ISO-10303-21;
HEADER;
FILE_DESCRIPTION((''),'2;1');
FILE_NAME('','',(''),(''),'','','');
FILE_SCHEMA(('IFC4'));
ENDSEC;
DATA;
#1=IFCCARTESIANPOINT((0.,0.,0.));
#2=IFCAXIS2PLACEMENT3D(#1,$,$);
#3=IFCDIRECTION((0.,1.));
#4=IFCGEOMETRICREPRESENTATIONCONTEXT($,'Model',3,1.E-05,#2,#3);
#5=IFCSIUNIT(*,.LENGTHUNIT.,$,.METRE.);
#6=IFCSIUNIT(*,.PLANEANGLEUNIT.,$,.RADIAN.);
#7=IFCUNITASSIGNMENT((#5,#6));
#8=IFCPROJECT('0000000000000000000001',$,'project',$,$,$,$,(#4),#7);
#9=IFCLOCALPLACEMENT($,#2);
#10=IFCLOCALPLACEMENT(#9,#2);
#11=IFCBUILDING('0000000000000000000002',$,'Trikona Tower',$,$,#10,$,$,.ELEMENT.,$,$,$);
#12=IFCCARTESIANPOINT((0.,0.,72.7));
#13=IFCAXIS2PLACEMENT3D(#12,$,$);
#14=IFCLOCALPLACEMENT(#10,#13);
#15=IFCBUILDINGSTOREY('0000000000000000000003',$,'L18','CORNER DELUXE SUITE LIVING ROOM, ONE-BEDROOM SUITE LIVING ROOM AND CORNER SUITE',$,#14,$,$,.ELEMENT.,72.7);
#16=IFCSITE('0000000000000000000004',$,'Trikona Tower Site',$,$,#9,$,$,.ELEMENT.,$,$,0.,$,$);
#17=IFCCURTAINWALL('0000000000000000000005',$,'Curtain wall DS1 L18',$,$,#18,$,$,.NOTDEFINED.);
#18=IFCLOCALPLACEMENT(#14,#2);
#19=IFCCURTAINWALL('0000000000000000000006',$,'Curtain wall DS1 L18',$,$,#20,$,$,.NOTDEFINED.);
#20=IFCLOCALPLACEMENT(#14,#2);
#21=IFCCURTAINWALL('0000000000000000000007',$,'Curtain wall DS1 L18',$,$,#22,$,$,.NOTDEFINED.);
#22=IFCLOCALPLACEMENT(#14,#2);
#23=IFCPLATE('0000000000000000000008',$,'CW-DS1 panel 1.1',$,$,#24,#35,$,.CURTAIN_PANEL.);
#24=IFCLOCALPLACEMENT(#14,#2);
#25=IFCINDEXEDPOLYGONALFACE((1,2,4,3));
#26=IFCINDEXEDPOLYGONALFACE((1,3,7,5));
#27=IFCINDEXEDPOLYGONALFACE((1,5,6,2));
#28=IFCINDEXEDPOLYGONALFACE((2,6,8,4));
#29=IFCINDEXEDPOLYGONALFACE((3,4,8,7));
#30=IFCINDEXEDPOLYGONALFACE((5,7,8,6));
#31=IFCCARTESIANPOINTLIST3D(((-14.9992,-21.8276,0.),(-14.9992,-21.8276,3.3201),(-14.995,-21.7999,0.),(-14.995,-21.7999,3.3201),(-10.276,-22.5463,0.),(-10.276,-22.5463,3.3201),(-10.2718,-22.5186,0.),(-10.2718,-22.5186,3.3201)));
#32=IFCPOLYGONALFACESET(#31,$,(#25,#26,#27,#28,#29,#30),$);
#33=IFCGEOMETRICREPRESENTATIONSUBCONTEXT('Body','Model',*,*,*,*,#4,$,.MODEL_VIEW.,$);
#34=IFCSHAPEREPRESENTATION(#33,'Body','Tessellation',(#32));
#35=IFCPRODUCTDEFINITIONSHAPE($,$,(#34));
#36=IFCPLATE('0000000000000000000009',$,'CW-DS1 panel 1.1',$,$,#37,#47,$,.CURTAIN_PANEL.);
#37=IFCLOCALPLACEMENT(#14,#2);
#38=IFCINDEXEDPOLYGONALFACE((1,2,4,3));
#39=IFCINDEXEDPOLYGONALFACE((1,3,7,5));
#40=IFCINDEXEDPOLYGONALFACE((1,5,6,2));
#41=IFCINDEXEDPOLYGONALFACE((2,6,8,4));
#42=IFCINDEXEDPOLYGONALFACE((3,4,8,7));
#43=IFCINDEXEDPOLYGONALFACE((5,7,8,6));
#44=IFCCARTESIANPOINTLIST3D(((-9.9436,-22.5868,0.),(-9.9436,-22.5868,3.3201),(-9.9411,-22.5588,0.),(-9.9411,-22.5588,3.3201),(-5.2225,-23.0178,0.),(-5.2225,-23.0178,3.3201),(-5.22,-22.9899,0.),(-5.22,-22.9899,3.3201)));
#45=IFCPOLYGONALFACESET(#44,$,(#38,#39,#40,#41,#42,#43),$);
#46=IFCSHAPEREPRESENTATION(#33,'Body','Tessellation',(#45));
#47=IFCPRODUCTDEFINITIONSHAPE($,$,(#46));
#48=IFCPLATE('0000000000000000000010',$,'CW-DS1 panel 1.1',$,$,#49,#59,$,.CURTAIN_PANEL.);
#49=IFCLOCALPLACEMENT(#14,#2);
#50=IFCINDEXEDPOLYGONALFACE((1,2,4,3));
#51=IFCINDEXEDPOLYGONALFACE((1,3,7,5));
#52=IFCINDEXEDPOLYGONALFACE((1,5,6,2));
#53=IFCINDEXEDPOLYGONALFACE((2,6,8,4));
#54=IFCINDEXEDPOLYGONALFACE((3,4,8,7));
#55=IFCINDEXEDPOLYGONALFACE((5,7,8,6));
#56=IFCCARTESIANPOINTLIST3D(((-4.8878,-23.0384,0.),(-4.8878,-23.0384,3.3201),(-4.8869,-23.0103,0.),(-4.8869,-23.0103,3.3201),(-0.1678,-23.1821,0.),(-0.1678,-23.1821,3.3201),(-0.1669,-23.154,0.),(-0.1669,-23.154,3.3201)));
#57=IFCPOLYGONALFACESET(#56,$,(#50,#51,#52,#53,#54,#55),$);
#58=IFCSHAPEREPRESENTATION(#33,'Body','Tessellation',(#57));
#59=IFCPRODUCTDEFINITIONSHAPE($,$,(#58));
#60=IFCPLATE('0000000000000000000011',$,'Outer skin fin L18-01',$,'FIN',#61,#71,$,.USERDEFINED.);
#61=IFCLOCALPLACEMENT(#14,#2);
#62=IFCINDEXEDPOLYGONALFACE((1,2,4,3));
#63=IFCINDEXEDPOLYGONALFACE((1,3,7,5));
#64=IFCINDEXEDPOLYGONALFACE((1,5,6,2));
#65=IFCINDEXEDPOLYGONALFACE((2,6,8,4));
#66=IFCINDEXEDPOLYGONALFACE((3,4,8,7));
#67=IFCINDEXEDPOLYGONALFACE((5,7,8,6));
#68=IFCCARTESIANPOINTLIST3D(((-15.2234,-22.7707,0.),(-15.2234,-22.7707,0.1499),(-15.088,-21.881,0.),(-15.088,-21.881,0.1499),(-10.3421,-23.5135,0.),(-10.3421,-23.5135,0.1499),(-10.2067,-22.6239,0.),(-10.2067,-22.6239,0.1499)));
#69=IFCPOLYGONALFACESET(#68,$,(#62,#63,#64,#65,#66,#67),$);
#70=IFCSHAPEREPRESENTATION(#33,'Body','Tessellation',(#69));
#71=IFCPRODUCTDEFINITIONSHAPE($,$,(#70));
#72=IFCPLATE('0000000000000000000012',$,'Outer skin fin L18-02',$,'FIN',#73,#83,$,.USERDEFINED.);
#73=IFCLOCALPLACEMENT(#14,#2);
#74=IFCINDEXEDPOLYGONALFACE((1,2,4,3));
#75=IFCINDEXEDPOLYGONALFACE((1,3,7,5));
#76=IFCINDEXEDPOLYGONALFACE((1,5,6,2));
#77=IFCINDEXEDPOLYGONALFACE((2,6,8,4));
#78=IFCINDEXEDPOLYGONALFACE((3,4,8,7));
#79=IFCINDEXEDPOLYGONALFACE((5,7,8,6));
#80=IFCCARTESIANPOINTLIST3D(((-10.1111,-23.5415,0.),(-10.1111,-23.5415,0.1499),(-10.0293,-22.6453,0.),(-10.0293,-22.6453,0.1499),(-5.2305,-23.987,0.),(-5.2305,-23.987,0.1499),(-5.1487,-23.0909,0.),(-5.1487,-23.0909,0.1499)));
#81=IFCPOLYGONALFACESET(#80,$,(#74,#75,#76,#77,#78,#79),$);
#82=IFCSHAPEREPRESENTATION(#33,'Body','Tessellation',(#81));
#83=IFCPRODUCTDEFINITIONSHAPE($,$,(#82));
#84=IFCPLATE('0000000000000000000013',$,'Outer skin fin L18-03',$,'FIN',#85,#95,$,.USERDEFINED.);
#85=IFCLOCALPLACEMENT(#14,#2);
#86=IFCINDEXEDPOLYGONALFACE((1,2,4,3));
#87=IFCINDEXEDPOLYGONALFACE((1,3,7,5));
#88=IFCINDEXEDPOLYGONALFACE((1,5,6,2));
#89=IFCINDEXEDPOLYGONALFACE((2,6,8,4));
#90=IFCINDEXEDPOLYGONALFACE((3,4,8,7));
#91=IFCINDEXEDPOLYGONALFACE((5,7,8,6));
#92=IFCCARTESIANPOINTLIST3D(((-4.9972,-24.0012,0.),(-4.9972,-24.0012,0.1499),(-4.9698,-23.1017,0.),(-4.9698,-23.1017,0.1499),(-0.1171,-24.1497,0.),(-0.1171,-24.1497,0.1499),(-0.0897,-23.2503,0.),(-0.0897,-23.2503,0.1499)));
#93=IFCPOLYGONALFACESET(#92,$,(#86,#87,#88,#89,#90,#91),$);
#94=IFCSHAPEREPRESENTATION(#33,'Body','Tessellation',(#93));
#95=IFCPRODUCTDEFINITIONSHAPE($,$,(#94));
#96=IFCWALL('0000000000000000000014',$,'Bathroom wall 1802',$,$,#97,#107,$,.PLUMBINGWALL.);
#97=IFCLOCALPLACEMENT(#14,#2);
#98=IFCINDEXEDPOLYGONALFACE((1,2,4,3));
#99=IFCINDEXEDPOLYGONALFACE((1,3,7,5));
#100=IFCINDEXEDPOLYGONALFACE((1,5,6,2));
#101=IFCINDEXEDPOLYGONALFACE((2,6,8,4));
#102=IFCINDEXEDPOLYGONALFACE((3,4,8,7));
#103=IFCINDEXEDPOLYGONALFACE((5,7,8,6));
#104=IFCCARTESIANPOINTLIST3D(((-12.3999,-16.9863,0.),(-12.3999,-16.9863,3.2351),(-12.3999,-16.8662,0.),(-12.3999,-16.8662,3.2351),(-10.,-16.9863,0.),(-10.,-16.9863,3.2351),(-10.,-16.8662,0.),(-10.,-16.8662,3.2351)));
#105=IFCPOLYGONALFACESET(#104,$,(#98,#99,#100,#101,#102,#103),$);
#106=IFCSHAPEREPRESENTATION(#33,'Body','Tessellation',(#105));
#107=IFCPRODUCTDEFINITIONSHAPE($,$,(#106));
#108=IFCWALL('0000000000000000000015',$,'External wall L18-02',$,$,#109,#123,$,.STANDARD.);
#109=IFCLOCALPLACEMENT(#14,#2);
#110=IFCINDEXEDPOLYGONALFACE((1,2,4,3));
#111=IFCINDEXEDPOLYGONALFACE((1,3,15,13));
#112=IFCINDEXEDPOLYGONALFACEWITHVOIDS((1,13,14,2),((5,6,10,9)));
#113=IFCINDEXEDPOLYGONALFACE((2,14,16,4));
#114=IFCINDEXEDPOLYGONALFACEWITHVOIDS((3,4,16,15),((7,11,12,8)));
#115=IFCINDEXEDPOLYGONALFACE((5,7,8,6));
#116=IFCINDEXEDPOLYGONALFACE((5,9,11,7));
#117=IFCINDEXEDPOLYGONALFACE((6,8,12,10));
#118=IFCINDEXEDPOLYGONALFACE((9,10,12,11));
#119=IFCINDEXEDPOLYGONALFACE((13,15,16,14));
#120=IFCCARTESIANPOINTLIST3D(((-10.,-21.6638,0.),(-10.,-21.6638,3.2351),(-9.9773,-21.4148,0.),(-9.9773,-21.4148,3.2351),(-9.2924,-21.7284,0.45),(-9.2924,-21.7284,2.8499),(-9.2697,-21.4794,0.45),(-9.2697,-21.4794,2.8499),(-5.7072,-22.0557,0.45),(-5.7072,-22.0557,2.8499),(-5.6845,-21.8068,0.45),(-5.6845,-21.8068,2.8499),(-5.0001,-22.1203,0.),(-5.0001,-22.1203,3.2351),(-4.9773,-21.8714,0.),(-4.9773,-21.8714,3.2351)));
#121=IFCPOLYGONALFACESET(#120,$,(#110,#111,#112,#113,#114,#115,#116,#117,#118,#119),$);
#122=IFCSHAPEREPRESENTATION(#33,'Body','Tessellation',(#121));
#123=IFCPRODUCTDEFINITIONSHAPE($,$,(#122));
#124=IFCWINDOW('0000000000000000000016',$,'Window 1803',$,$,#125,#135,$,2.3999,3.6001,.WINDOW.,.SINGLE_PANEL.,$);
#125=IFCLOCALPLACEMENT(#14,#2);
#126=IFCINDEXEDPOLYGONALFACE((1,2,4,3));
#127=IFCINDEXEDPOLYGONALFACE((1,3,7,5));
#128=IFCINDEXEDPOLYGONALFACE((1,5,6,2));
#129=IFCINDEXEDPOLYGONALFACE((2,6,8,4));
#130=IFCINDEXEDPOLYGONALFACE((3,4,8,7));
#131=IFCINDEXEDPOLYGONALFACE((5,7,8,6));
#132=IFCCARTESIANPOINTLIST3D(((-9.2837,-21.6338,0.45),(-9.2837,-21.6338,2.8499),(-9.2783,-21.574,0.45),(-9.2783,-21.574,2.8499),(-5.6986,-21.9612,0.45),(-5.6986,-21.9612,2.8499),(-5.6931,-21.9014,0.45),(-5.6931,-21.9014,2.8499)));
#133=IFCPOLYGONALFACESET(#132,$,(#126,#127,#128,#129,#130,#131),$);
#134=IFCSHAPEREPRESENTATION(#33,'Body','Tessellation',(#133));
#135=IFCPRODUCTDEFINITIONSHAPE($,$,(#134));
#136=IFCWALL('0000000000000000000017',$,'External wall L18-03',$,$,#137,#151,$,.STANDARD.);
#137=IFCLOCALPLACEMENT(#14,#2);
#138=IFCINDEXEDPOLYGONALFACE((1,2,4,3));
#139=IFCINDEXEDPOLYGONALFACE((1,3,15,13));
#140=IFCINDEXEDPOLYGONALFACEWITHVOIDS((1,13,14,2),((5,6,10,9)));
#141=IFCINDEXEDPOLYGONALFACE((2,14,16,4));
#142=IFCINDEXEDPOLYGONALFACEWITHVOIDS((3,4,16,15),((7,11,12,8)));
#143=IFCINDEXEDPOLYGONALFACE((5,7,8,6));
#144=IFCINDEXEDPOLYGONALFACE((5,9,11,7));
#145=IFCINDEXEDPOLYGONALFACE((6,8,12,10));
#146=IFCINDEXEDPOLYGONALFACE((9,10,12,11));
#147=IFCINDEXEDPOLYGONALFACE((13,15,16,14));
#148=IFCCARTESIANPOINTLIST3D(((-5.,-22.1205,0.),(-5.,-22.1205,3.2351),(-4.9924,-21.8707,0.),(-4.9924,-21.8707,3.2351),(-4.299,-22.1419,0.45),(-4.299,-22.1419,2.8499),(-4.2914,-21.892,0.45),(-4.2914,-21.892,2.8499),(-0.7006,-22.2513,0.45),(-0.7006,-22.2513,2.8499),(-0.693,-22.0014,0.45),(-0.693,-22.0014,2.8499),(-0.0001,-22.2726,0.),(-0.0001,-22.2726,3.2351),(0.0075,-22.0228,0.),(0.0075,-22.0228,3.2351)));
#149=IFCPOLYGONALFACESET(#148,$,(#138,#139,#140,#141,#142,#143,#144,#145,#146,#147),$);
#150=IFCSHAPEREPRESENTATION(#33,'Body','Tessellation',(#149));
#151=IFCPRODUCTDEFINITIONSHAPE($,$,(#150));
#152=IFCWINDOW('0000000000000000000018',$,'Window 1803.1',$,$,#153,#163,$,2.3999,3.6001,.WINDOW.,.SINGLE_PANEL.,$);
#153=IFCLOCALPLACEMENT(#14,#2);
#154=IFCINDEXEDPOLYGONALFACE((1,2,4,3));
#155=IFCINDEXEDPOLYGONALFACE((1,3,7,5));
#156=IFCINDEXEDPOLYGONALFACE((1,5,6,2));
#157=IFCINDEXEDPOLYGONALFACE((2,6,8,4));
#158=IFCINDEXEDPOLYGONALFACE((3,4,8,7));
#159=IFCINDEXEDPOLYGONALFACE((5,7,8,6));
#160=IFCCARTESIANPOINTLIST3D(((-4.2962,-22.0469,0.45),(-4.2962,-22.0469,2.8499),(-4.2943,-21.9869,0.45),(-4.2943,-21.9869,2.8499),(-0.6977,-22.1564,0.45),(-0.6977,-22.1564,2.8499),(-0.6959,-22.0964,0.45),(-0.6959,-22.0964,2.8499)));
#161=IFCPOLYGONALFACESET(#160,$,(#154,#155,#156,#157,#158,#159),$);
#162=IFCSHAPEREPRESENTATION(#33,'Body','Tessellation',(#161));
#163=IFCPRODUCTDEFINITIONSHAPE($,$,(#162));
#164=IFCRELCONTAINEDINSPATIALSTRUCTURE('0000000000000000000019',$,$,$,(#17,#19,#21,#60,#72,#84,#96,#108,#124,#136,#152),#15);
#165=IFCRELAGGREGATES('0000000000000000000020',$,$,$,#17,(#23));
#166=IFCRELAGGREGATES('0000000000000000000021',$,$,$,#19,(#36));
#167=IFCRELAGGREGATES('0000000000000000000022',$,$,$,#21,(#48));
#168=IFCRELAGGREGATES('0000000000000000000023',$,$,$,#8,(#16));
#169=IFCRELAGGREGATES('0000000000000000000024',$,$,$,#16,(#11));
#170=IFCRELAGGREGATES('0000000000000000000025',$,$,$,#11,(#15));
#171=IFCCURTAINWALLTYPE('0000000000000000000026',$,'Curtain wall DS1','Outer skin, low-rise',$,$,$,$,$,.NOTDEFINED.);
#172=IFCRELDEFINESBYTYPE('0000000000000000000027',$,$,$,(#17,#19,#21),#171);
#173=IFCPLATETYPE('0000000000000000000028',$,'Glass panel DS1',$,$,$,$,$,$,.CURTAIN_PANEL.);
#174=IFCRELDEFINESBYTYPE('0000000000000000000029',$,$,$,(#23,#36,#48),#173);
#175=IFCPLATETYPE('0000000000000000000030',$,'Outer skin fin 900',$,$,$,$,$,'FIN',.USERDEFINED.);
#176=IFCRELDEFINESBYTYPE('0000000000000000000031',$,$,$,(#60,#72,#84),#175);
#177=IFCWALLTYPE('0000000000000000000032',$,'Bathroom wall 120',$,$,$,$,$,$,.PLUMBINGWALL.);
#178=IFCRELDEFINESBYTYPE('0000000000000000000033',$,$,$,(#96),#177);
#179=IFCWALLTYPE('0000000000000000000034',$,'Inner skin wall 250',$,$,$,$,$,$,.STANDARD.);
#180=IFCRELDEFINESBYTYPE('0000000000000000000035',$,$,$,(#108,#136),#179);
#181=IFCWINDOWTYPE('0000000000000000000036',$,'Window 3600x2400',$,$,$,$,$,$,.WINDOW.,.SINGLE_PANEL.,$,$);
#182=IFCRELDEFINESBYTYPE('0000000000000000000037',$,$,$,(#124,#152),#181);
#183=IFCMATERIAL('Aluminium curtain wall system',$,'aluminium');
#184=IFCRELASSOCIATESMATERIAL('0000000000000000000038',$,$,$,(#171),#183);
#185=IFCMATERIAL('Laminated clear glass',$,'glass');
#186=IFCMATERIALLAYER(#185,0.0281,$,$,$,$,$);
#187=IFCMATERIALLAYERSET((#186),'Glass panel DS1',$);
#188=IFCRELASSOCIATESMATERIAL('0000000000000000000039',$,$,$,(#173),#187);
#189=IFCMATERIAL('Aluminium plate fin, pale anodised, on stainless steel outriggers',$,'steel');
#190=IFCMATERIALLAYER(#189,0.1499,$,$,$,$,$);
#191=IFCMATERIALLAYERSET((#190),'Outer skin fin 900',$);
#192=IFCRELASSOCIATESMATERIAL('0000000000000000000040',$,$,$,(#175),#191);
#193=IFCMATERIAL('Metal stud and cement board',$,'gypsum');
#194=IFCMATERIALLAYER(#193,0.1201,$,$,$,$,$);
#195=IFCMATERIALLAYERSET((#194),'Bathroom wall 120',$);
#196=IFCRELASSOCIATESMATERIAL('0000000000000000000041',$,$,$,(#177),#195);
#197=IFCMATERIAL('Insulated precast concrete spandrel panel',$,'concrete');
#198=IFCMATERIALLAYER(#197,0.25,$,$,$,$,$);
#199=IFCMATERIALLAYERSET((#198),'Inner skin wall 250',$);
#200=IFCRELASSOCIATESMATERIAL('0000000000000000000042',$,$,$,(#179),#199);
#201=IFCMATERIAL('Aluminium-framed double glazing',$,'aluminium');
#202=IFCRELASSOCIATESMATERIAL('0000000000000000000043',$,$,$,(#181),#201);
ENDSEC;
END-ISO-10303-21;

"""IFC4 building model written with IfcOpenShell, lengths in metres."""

from ifc_helpers import new_model, si_unit, direction, frame, frame_2d, origin, origin_2d, place, context, subcontext, project, spatial, rectangle, extrude, material, layer, layer_set, type_object, element, fill, aggregate, save


model = new_model("IFC4")

# Units and contexts
model_context = context("Model", 3, precision=1e-05, world=origin(), true_north=direction((0.0, 1.0)))
body_context = subcontext(model_context, "Body", "Model", "MODEL_VIEW")
ifc_project = project(units=[si_unit("LENGTHUNIT", "METRE"), si_unit("PLANEANGLEUNIT", "RADIAN")], contexts=[model_context])

# Site, building, storey
site_placement = place(None, origin())
site = spatial("IfcSite", under=ifc_project, at=site_placement, Name="Trikona Tower Site", CompositionType="ELEMENT", RefElevation=0.0)
building_placement = place(site_placement, origin())
building = spatial("IfcBuilding", under=site, at=building_placement, Name="Trikona Tower", CompositionType="ELEMENT")
storey_placement = place(building_placement, frame((0.0, 0.0, 72.7)))
storey = spatial("IfcBuildingStorey", under=building, at=storey_placement, Name="L18", Description="CORNER DELUXE SUITE LIVING ROOM, ONE-BEDROOM SUITE LIVING ROOM AND CORNER SUITE", CompositionType="ELEMENT", Elevation=72.7)

# Curtain wall
ifc_material_1 = material(Name="Aluminium curtain wall system", Category="aluminium")
curtain_wall_type = type_object("IfcCurtainWallType", Name="Curtain wall DS1", Description="Outer skin, low-rise", PredefinedType="NOTDEFINED", material=ifc_material_1)
curtain_wall_1_placement = place(storey_placement, origin())
curtain_wall_1 = element("IfcCurtainWall", 1, at=curtain_wall_1_placement, inside=storey, type_object=curtain_wall_type, Name="Curtain wall DS1 L18", PredefinedType="NOTDEFINED")

# Curtain walls
curtain_wall_2_placement = place(storey_placement, origin())
curtain_wall_2 = element("IfcCurtainWall", 2, at=curtain_wall_2_placement, inside=storey, type_object=curtain_wall_type, Name="Curtain wall DS1 L18", PredefinedType="NOTDEFINED")
curtain_wall_3_placement = place(storey_placement, origin())
curtain_wall_3 = element("IfcCurtainWall", 3, at=curtain_wall_3_placement, inside=storey, type_object=curtain_wall_type, Name="Curtain wall DS1 L18", PredefinedType="NOTDEFINED")

# Plates
ifc_material_2 = material(Name="Laminated clear glass", Category="glass")
ifc_layer_1 = layer(ifc_material_2, 0.0281)
ifc_layer_set_1 = layer_set([ifc_layer_1], Name="Glass panel DS1")
plate_type_1 = type_object("IfcPlateType", Name="Glass panel DS1", PredefinedType="CURTAIN_PANEL", material=ifc_layer_set_1)
plate_1_placement = place(storey_placement, frame((-12.6355, -22.1731, 0.0), z_axis=(0.0, 0.0, 1.0), x_axis=(0.988619, -0.150438, 0.0)))
plate_1 = element("IfcPlate", 4, at=plate_1_placement, type_object=plate_type_1, Name="CW-DS1 panel 1.1", PredefinedType="CURTAIN_PANEL", context=body_context, shape_type="SweptSolid", body=[
    extrude(rectangle(XDim=4.7776, YDim=0.0281, at=origin_2d()), origin(), (0.0, 0.0, 1.0), 3.3201),
])
aggregate(curtain_wall_1, [plate_1])
plate_2_placement = place(storey_placement, frame((-7.5818, -22.7883, 0.0), z_axis=(0.0, 0.0, 1.0), x_axis=(0.995858, -0.090924, 0.0)))
plate_2 = element("IfcPlate", 5, at=plate_2_placement, type_object=plate_type_1, Name="CW-DS1 panel 1.1", PredefinedType="CURTAIN_PANEL", context=body_context, shape_type="SweptSolid", body=[
    extrude(rectangle(XDim=4.7407, YDim=0.0281, at=origin_2d()), origin(), (0.0, 0.0, 1.0), 3.3201),
])
aggregate(curtain_wall_2, [plate_2])
plate_3_placement = place(storey_placement, frame((-2.5273, -23.0962, 0.0), z_axis=(0.0, 0.0, 1.0), x_axis=(0.999537, -0.030437, 0.0)))
plate_3 = element("IfcPlate", 6, at=plate_3_placement, type_object=plate_type_1, Name="CW-DS1 panel 1.1", PredefinedType="CURTAIN_PANEL", context=body_context, shape_type="SweptSolid", body=[
    extrude(rectangle(XDim=4.7222, YDim=0.0281, at=origin_2d()), origin(), (0.0, 0.0, 1.0), 3.3201),
])
aggregate(curtain_wall_3, [plate_3])

# Plates
ifc_material_3 = material(Name="Aluminium plate fin, pale anodised, on stainless steel outriggers", Category="steel")
ifc_layer_2 = layer(ifc_material_3, 0.1499)
ifc_layer_set_2 = layer_set([ifc_layer_2], Name="Outer skin fin 900")
plate_type_2 = type_object("IfcPlateType", Name="Outer skin fin 900", ElementType="FIN", PredefinedType="USERDEFINED", material=ifc_layer_set_2)
plate_4_placement = place(storey_placement, frame((-12.7151, -22.6973, 0.0), z_axis=(0.0, 0.0, 1.0), x_axis=(0.988618, -0.150448, 0.0)))
element("IfcPlate", 7, at=plate_4_placement, inside=storey, type_object=plate_type_2, Name="Outer skin fin L18-01", ObjectType="FIN", PredefinedType="USERDEFINED", context=body_context, shape_type="SweptSolid", body=[
    extrude(rectangle(XDim=4.9375, YDim=0.8999, at=origin_2d()), origin(), (0.0, 0.0, 1.0), 0.1499),
])
plate_5_placement = place(storey_placement, frame((-7.6299, -23.3162, 0.0), z_axis=(0.0, 0.0, 1.0), x_axis=(0.995858, -0.090921, 0.0)))
element("IfcPlate", 8, at=plate_5_placement, inside=storey, type_object=plate_type_2, Name="Outer skin fin L18-02", ObjectType="FIN", PredefinedType="USERDEFINED", context=body_context, shape_type="SweptSolid", body=[
    extrude(rectangle(XDim=4.9009, YDim=0.8999, at=origin_2d()), origin(), (0.0, 0.0, 1.0), 0.1499),
])
plate_6_placement = place(storey_placement, frame((-2.5435, -23.6257, 0.0), z_axis=(0.0, 0.0, 1.0), x_axis=(0.999537, -0.030425, 0.0)))
element("IfcPlate", 9, at=plate_6_placement, inside=storey, type_object=plate_type_2, Name="Outer skin fin L18-03", ObjectType="FIN", PredefinedType="USERDEFINED", context=body_context, shape_type="SweptSolid", body=[
    extrude(rectangle(XDim=4.8823, YDim=0.8999, at=origin_2d()), origin(), (0.0, 0.0, 1.0), 0.1499),
])

# Wall
ifc_material_4 = material(Name="Metal stud and cement board", Category="gypsum")
ifc_layer_3 = layer(ifc_material_4, 0.1201)
ifc_layer_set_3 = layer_set([ifc_layer_3], Name="Bathroom wall 120")
wall_type_1 = type_object("IfcWallType", Name="Bathroom wall 120", PredefinedType="PLUMBINGWALL", material=ifc_layer_set_3)
wall_1_placement = place(storey_placement, frame((-12.3999, -16.9263, 0.0), z_axis=(0.0, 0.0, 1.0), x_axis=(1.0, 0.0, 0.0)))
element("IfcWall", 10, at=wall_1_placement, inside=storey, type_object=wall_type_1, Name="Bathroom wall 1802", PredefinedType="PLUMBINGWALL", context=body_context, shape_type="SweptSolid", body=[
    extrude(rectangle(XDim=2.3999, YDim=0.1201, at=frame_2d((1.2, 0.0))), origin(), (0.0, 0.0, 1.0), 3.2351),
])

# Walls, openings, windows
ifc_material_5 = material(Name="Insulated precast concrete spandrel panel", Category="concrete")
ifc_layer_4 = layer(ifc_material_5, 0.25)
ifc_layer_set_4 = layer_set([ifc_layer_4], Name="Inner skin wall 250")
wall_type_2 = type_object("IfcWallType", Name="Inner skin wall 250", PredefinedType="STANDARD", material=ifc_layer_set_4)
wall_2_placement = place(storey_placement, frame((-9.9885, -21.5393, 0.0), z_axis=(0.0, 0.0, 1.0), x_axis=(0.995857, -0.09093, 0.0)))
wall_2 = element("IfcWall", 11, at=wall_2_placement, inside=storey, type_object=wall_type_2, Name="External wall L18-02", PredefinedType="STANDARD", context=body_context, shape_type="SweptSolid", body=[
    extrude(rectangle(XDim=5.0208, YDim=0.25, at=frame_2d((2.5103, 0.0))), origin(), (0.0, 0.0, 1.0), 3.2351),
])
opening_1_placement = place(wall_2_placement, frame((0.7104, 0.0, 0.45)))
opening_1 = element("IfcOpeningElement", 12, at=opening_1_placement, cuts=wall_2, PredefinedType="OPENING", context=body_context, shape_type="SweptSolid", body=[
    extrude(rectangle(XDim=3.6001, YDim=2.3999, at=frame_2d((1.8, 1.2))), frame((0.0, 0.135, 0.0), z_axis=(0.0, -1.0, 0.0), x_axis=(1.0, 0.0, 0.0)), (0.0, 0.0, 1.0), 0.27),
])
ifc_material_6 = material(Name="Aluminium-framed double glazing", Category="aluminium")
window_type = type_object("IfcWindowType", Name="Window 3600x2400", PartitioningType="SINGLE_PANEL", PredefinedType="WINDOW", material=ifc_material_6)
window_1_placement = place(opening_1_placement, origin())
window_1 = element("IfcWindow", 13, at=window_1_placement, inside=storey, type_object=window_type, Name="Window 1803", OverallHeight=2.3999, OverallWidth=3.6001, PartitioningType="SINGLE_PANEL", PredefinedType="WINDOW", context=body_context, shape_type="SweptSolid", body=[
    extrude(rectangle(XDim=3.6001, YDim=2.3999, at=frame_2d((1.8, 1.2))), frame((0.0, 0.03, 0.0), z_axis=(0.0, -1.0, 0.0), x_axis=(1.0, 0.0, 0.0)), (0.0, 0.0, 1.0), 0.0601),
])
fill(opening_1, window_1)
wall_3_placement = place(storey_placement, frame((-4.9961, -21.9956, 0.0), z_axis=(0.0, 0.0, 1.0), x_axis=(0.999538, -0.030406, 0.0)))
wall_3 = element("IfcWall", 14, at=wall_3_placement, inside=storey, type_object=wall_type_2, Name="External wall L18-03", PredefinedType="STANDARD", context=body_context, shape_type="SweptSolid", body=[
    extrude(rectangle(XDim=5.0022, YDim=0.25, at=frame_2d((2.501, 0.0))), origin(), (0.0, 0.0, 1.0), 3.2351),
])
opening_2_placement = place(wall_3_placement, frame((0.7012, 0.0, 0.45)))
opening_2 = element("IfcOpeningElement", 15, at=opening_2_placement, cuts=wall_3, PredefinedType="OPENING", context=body_context, shape_type="SweptSolid", body=[
    extrude(rectangle(XDim=3.6001, YDim=2.3999, at=frame_2d((1.8, 1.2))), frame((0.0, 0.135, 0.0), z_axis=(0.0, -1.0, 0.0), x_axis=(1.0, 0.0, 0.0)), (0.0, 0.0, 1.0), 0.27),
])
window_2_placement = place(opening_2_placement, origin())
window_2 = element("IfcWindow", 16, at=window_2_placement, inside=storey, type_object=window_type, Name="Window 1803.1", OverallHeight=2.3999, OverallWidth=3.6001, PartitioningType="SINGLE_PANEL", PredefinedType="WINDOW", context=body_context, shape_type="SweptSolid", body=[
    extrude(rectangle(XDim=3.6001, YDim=2.3999, at=frame_2d((1.8, 1.2))), frame((0.0, 0.03, 0.0), z_axis=(0.0, -1.0, 0.0), x_axis=(1.0, 0.0, 0.0)), (0.0, 0.0, 1.0), 0.0601),
])
fill(opening_2, window_2)

save(model, "model.ifc")
